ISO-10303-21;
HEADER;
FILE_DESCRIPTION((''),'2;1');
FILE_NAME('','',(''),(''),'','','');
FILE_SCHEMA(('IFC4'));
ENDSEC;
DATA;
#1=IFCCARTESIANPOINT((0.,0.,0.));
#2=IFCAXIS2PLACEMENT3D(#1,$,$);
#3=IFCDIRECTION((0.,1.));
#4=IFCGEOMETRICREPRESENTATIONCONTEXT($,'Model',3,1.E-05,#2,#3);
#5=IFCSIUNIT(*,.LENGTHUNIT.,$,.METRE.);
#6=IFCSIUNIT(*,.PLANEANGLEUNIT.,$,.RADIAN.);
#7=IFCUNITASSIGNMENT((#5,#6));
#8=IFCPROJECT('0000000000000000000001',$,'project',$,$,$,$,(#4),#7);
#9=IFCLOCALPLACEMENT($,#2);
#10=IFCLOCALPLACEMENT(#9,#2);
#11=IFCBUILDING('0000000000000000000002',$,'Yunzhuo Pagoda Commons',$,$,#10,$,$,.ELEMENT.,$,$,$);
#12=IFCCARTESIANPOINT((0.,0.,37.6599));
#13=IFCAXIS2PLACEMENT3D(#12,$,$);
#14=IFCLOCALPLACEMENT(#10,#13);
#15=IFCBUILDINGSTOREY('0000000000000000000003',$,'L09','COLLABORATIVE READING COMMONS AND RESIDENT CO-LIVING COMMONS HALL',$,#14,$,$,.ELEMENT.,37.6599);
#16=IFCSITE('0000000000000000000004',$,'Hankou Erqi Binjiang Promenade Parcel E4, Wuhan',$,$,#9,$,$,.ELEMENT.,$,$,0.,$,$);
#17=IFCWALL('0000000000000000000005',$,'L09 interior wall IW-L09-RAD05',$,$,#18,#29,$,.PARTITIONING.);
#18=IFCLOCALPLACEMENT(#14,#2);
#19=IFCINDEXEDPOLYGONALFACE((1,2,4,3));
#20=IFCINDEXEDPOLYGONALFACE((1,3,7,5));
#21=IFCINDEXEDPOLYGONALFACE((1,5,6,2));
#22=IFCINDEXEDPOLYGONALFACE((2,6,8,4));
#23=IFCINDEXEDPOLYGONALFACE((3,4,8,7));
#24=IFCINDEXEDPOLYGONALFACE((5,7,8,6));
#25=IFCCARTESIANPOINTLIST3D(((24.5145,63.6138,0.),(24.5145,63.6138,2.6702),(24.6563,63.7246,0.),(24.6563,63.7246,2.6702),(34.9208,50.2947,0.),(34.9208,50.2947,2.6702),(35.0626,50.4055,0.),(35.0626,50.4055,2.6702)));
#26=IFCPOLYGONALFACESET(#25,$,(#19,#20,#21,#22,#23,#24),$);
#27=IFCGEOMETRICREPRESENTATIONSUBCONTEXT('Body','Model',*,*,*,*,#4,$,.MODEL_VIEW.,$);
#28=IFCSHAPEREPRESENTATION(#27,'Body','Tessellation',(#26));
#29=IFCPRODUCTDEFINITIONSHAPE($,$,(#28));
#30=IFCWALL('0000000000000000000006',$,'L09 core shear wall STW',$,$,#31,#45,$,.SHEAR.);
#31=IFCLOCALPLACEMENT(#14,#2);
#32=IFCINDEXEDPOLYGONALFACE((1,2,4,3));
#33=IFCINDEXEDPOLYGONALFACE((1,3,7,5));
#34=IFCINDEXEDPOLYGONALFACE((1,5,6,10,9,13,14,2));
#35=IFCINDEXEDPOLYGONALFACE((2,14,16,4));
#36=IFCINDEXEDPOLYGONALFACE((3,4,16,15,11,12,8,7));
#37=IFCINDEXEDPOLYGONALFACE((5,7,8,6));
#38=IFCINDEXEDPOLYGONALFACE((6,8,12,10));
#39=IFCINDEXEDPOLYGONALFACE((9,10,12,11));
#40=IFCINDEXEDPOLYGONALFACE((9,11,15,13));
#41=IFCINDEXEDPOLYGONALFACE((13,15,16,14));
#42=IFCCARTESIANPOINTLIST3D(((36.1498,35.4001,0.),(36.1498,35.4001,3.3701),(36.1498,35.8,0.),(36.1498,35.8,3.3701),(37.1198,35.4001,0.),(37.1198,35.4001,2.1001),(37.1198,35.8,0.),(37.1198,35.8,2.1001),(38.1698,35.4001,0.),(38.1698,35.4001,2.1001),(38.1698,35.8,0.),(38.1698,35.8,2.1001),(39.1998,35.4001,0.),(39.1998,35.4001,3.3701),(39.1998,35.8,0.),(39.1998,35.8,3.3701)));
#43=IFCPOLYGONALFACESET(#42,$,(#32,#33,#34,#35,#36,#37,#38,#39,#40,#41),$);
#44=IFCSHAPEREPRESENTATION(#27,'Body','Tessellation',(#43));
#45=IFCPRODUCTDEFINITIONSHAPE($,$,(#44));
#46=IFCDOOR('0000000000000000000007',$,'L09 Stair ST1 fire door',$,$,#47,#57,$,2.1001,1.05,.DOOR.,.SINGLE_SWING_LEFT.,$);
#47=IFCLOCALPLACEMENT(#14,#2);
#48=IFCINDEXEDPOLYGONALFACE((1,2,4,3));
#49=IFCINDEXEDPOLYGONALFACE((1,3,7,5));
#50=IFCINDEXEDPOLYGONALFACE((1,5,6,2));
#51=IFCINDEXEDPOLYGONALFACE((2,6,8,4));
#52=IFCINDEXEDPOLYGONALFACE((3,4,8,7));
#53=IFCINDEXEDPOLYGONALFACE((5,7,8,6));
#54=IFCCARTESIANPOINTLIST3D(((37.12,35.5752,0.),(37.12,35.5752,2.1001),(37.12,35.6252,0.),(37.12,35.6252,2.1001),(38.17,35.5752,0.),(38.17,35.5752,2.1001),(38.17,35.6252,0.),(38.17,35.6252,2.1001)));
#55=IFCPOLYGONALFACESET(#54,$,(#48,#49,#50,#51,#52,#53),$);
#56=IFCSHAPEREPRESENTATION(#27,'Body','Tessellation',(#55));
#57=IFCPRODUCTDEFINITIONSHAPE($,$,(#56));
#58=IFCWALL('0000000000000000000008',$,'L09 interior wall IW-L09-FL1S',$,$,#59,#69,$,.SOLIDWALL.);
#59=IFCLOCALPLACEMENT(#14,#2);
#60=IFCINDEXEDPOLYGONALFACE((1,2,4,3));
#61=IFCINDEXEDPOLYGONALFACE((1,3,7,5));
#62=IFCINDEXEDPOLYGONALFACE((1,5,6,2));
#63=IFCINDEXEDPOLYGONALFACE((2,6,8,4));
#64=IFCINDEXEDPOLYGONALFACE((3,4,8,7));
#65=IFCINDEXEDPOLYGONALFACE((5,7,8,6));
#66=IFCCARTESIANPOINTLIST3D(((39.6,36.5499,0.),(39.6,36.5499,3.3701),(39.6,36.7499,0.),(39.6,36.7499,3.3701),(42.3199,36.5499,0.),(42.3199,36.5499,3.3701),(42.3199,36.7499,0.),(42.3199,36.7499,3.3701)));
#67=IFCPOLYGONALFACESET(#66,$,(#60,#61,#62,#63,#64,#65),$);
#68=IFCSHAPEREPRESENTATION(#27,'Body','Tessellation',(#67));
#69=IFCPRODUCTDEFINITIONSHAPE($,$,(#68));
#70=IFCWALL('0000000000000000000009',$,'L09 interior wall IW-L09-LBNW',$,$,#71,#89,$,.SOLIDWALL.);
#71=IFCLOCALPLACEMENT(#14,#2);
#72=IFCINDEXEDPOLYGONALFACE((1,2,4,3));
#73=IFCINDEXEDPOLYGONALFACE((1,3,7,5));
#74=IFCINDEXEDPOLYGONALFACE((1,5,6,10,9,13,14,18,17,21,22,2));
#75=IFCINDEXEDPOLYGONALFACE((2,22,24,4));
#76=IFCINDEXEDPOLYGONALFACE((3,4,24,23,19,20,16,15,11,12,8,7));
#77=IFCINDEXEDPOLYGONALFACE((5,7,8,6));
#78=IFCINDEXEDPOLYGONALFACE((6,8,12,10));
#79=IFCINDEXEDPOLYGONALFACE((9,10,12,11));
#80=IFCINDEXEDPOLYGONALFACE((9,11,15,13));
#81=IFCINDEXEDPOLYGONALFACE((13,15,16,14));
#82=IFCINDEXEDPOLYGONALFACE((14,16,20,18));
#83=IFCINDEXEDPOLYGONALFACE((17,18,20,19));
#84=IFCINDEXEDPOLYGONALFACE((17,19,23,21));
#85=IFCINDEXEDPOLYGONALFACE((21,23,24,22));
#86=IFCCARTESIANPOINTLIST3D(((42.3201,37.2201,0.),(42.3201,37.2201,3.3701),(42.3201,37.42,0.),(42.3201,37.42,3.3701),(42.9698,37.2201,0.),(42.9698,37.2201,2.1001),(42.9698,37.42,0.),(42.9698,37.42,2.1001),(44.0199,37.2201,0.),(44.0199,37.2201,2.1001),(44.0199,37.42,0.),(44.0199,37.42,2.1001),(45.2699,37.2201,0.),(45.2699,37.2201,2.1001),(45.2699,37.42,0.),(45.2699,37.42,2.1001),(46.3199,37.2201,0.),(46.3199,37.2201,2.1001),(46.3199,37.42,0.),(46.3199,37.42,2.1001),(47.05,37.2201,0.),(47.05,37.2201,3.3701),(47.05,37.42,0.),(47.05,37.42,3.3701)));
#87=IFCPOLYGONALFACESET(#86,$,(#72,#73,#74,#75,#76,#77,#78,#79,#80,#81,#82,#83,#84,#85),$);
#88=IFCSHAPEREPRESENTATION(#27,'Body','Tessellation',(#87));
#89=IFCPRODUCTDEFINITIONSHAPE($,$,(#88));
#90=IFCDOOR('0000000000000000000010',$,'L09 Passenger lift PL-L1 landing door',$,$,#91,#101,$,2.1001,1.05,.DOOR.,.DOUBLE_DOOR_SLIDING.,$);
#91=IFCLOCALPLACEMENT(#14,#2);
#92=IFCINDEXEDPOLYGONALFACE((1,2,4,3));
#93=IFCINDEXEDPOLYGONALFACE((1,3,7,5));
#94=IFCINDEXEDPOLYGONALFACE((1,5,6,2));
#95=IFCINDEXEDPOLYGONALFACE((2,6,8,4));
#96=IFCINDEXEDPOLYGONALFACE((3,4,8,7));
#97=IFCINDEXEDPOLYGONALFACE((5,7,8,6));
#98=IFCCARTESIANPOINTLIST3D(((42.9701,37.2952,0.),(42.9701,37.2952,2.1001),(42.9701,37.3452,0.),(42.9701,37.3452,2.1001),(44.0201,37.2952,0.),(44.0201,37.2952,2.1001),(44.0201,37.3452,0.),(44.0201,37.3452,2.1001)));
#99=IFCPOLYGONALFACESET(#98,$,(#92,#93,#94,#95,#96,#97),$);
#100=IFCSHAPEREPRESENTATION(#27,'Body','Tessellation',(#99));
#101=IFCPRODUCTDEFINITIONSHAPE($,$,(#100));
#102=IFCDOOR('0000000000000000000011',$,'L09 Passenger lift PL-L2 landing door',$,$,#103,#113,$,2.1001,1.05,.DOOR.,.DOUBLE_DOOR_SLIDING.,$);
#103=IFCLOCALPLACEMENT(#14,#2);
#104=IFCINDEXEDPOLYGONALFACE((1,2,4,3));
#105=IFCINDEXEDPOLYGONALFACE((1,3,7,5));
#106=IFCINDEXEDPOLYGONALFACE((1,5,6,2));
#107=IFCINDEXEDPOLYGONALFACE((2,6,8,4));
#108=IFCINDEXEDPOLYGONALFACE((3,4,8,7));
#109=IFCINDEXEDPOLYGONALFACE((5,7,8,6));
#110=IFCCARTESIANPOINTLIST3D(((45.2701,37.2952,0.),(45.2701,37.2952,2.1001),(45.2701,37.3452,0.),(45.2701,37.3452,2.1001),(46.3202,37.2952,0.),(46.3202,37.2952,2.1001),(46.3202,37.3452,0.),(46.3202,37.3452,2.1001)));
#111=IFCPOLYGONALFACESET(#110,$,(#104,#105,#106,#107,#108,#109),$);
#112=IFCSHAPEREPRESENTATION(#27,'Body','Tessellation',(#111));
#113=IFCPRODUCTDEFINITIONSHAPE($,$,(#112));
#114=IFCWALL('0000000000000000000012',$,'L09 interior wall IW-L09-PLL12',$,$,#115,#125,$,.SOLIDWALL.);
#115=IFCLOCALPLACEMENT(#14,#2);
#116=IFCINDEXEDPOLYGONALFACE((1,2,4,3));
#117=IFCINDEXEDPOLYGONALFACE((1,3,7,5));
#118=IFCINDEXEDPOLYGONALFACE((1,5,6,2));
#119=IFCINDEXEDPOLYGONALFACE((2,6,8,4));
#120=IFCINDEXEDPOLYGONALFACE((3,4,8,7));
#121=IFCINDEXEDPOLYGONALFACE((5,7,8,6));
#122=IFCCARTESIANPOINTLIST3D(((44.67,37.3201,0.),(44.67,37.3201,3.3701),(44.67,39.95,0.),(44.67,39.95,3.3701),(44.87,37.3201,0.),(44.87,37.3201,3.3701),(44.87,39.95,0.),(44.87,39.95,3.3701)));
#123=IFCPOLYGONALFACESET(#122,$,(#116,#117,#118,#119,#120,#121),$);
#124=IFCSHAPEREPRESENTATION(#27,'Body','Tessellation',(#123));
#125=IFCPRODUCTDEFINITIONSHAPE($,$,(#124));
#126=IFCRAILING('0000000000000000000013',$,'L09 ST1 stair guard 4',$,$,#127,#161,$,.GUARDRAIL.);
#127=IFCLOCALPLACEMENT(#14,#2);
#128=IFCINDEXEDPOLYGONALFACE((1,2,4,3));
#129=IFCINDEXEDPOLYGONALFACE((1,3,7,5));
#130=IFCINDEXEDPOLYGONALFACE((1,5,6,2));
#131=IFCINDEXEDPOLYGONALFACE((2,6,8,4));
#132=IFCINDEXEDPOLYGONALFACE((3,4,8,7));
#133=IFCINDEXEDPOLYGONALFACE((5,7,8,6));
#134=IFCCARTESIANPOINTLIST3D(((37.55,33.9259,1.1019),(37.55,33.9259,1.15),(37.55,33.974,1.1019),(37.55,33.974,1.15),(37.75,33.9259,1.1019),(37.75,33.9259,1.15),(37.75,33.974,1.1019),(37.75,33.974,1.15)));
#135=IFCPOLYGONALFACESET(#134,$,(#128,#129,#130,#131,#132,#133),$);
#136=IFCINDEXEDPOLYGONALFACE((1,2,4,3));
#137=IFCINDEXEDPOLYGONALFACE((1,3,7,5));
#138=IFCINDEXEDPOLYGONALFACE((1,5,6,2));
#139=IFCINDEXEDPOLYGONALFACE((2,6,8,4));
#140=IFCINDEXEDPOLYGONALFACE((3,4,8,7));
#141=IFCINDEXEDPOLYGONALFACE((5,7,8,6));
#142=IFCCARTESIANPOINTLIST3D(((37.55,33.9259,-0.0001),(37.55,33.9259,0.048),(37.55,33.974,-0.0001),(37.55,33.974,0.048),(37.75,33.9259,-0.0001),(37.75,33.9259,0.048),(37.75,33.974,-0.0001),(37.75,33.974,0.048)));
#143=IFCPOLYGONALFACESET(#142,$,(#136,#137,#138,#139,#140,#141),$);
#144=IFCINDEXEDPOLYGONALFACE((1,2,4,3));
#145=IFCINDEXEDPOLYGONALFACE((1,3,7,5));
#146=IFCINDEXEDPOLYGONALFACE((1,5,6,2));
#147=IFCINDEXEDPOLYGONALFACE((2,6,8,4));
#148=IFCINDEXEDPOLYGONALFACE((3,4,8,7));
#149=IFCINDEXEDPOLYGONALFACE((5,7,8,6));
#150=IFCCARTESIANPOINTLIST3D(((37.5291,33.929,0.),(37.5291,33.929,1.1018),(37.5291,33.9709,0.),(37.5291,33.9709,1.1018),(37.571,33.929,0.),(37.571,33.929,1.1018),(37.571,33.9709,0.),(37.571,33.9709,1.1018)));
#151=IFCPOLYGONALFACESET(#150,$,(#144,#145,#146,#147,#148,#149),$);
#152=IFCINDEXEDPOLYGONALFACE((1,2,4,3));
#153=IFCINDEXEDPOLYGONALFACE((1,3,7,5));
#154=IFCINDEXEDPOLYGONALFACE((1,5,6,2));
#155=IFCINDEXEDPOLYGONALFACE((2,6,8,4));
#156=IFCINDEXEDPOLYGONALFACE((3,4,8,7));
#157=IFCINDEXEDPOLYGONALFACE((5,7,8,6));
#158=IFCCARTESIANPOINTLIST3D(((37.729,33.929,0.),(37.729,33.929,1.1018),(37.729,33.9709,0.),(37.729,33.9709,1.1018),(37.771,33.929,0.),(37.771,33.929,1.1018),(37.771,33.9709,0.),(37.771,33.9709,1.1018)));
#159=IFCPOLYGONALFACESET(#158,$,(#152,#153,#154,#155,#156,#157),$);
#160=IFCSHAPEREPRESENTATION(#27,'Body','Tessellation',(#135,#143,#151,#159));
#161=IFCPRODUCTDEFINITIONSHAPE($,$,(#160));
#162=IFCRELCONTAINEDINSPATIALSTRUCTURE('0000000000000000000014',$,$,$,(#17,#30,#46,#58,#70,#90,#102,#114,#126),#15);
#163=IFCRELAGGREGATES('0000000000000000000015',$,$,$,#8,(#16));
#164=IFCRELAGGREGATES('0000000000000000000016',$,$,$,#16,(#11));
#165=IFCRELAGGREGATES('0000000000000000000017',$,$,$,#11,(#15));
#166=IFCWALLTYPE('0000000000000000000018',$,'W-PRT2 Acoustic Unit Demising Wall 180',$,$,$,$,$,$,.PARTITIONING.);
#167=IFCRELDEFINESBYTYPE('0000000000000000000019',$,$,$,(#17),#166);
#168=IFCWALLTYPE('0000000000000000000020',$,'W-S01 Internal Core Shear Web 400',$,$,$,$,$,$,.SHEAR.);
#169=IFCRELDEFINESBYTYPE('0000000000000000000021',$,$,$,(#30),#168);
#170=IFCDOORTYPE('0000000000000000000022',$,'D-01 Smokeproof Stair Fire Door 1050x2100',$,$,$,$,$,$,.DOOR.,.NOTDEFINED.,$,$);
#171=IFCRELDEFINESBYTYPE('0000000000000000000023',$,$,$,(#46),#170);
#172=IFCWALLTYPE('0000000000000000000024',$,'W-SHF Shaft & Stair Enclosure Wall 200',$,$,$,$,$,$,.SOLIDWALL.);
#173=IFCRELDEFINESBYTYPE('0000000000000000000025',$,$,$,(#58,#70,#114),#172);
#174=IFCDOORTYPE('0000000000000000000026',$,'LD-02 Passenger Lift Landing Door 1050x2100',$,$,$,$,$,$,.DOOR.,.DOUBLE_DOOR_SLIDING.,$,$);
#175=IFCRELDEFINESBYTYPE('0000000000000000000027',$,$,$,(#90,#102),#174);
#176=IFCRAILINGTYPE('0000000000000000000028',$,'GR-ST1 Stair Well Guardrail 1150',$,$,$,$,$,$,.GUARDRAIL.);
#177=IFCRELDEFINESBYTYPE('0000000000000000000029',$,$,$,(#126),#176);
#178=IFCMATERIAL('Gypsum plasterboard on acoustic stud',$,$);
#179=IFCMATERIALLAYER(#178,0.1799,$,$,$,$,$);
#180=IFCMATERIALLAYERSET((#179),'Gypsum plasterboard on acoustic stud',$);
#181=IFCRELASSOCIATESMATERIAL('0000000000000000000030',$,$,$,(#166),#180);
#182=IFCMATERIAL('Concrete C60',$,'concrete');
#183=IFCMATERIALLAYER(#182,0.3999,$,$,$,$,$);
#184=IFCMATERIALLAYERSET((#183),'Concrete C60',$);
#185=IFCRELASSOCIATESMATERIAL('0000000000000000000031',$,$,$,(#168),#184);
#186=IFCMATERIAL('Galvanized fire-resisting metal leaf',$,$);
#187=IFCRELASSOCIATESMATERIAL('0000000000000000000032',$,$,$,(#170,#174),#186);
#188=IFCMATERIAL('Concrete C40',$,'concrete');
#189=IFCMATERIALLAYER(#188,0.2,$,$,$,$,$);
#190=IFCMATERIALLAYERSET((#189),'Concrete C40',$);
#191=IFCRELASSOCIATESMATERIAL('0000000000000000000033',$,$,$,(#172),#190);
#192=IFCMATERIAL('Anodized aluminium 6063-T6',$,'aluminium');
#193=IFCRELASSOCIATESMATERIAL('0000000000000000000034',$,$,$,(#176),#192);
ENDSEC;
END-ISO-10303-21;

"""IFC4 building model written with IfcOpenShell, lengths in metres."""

from ifc_helpers import new_model, si_unit, direction, frame, frame_2d, origin, origin_2d, place, context, subcontext, project, spatial, rectangle, extrude, source, transform, mapped, material, layer, layer_set, type_object, element, fill, save


model = new_model("IFC4")

# Units and contexts
model_context = context("Model", 3, precision=1e-05, world=origin(), true_north=direction((0.0, 1.0)))
body_context = subcontext(model_context, "Body", "Model", "MODEL_VIEW")
ifc_project = project(units=[si_unit("LENGTHUNIT", "METRE"), si_unit("PLANEANGLEUNIT", "RADIAN")], contexts=[model_context])

# Site, building, storey
site_placement = place(None, origin())
site = spatial("IfcSite", under=ifc_project, at=site_placement, Name="Hankou Erqi Binjiang Promenade Parcel E4, Wuhan", CompositionType="ELEMENT", RefElevation=0.0)
building_placement = place(site_placement, origin())
building = spatial("IfcBuilding", under=site, at=building_placement, Name="Yunzhuo Pagoda Commons", CompositionType="ELEMENT")
storey_placement = place(building_placement, frame((0.0, 0.0, 37.6599)))
storey = spatial("IfcBuildingStorey", under=building, at=storey_placement, Name="L09", Description="COLLABORATIVE READING COMMONS AND RESIDENT CO-LIVING COMMONS HALL", CompositionType="ELEMENT", Elevation=37.6599)

# Shared definitions
ifc_material_1 = material(Name="Concrete C60", Category="concrete")
ifc_material_2 = material(Name="Galvanized fire-resisting metal leaf")
shared_shape_1 = source(origin(), body_context, "Body", "SweptSolid", [
    extrude(rectangle(XDim=1.05, YDim=2.1001, at=frame_2d((0.5249, 1.05))), frame((0.0, 0.0249, 0.0), z_axis=(0.0, -1.0, 0.0), x_axis=(1.0, 0.0, 0.0)), (0.0, 0.0, 1.0), 0.05),
])

# Shared definitions
ifc_material_3 = material(Name="Gypsum plasterboard on acoustic stud")

# Wall
ifc_layer_1 = layer(ifc_material_3, 0.1799)
ifc_layer_set_1 = layer_set([ifc_layer_1], Name="Gypsum plasterboard on acoustic stud")
wall_type_1 = type_object("IfcWallType", Name="W-PRT2 Acoustic Unit Demising Wall 180", PredefinedType="PARTITIONING", material=ifc_layer_set_1)
wall_1_placement = place(storey_placement, frame((34.9917, 50.3501, 0.0), z_axis=(0.0, 0.0, 1.0), x_axis=(-0.61567, 0.788004, 0.0)))
element("IfcWall", 1, at=wall_1_placement, inside=storey, type_object=wall_type_1, Name="L09 interior wall IW-L09-RAD05", PredefinedType="PARTITIONING", context=body_context, shape_type="SweptSolid", body=[
    extrude(rectangle(XDim=16.9023, YDim=0.1799, at=frame_2d((8.4512, 0.0))), origin(), (0.0, 0.0, 1.0), 2.6702),
])

# Wall, opening, door
ifc_layer_2 = layer(ifc_material_1, 0.3999)
ifc_layer_set_2 = layer_set([ifc_layer_2], Name="Concrete C60")
wall_type_2 = type_object("IfcWallType", Name="W-S01 Internal Core Shear Web 400", PredefinedType="SHEAR", material=ifc_layer_set_2)
wall_2_placement = place(storey_placement, frame((36.1499, 35.6001, 0.0), z_axis=(0.0, 0.0, 1.0), x_axis=(1.0, 0.0, 0.0)))
wall_2 = element("IfcWall", 2, at=wall_2_placement, inside=storey, type_object=wall_type_2, Name="L09 core shear wall STW", PredefinedType="SHEAR", context=body_context, shape_type="SweptSolid", body=[
    extrude(rectangle(XDim=3.05, YDim=0.3999, at=frame_2d((1.5249, 0.0))), origin(), (0.0, 0.0, 1.0), 3.3701),
])
opening_1_placement = place(wall_2_placement, frame((0.97, 0.0, 0.0)))
opening_1 = element("IfcOpeningElement", 3, at=opening_1_placement, cuts=wall_2, PredefinedType="OPENING", context=body_context, shape_type="SweptSolid", body=[
    extrude(rectangle(XDim=1.05, YDim=2.1001, at=frame_2d((0.5249, 1.05))), frame((0.0, 0.21, 0.0), z_axis=(0.0, -1.0, 0.0), x_axis=(1.0, 0.0, 0.0)), (0.0, 0.0, 1.0), 0.4199),
])
door_type_1 = type_object("IfcDoorType", Name="D-01 Smokeproof Stair Fire Door 1050x2100", OperationType="NOTDEFINED", PredefinedType="DOOR", material=ifc_material_2)
door_1_placement = place(opening_1_placement, frame((1.05, 0.0, 0.0), z_axis=(0.0, 0.0, 1.0), x_axis=(-1.0, 0.0, 0.0)))
door_1 = element("IfcDoor", 4, at=door_1_placement, inside=storey, type_object=door_type_1, Name="L09 Stair ST1 fire door", OperationType="SINGLE_SWING_LEFT", OverallHeight=2.1001, OverallWidth=1.05, PredefinedType="DOOR", context=body_context, shape_type="MappedRepresentation", body=[
    mapped(shared_shape_1, transform((0.0, 0.0, 0.0), scale=1.0)),
])
fill(opening_1, door_1)

# Wall
ifc_material_4 = material(Name="Concrete C40", Category="concrete")
ifc_layer_3 = layer(ifc_material_4, 0.2)
ifc_layer_set_3 = layer_set([ifc_layer_3], Name="Concrete C40")
wall_type_3 = type_object("IfcWallType", Name="W-SHF Shaft & Stair Enclosure Wall 200", PredefinedType="SOLIDWALL", material=ifc_layer_set_3)
wall_3_placement = place(storey_placement, frame((39.6001, 36.6499, 0.0), z_axis=(0.0, 0.0, 1.0), x_axis=(1.0, 0.0, 0.0)))
element("IfcWall", 5, at=wall_3_placement, inside=storey, type_object=wall_type_3, Name="L09 interior wall IW-L09-FL1S", PredefinedType="SOLIDWALL", context=body_context, shape_type="SweptSolid", body=[
    extrude(rectangle(XDim=2.72, YDim=0.2, at=frame_2d((1.3599, 0.0))), origin(), (0.0, 0.0, 1.0), 3.3701),
])

# Wall, openings, doors
wall_4_placement = place(storey_placement, frame((42.3201, 37.3201, 0.0), z_axis=(0.0, 0.0, 1.0), x_axis=(1.0, 0.0, 0.0)))
wall_4 = element("IfcWall", 6, at=wall_4_placement, inside=storey, type_object=wall_type_3, Name="L09 interior wall IW-L09-LBNW", PredefinedType="SOLIDWALL", context=body_context, shape_type="SweptSolid", body=[
    extrude(rectangle(XDim=4.73, YDim=0.2, at=frame_2d((2.365, 0.0))), origin(), (0.0, 0.0, 1.0), 3.3701),
])
opening_2_placement = place(wall_4_placement, frame((0.6499, 0.0, 0.0)))
opening_2 = element("IfcOpeningElement", 7, at=opening_2_placement, cuts=wall_4, PredefinedType="OPENING", context=body_context, shape_type="SweptSolid", body=[
    extrude(rectangle(XDim=1.05, YDim=2.1001, at=frame_2d((0.5249, 1.05))), frame((0.0, 0.1099, 0.0), z_axis=(0.0, -1.0, 0.0), x_axis=(1.0, 0.0, 0.0)), (0.0, 0.0, 1.0), 0.22),
])
opening_3_placement = place(wall_4_placement, frame((2.95, 0.0, 0.0)))
opening_3 = element("IfcOpeningElement", 8, at=opening_3_placement, cuts=wall_4, PredefinedType="OPENING", context=body_context, shape_type="SweptSolid", body=[
    extrude(rectangle(XDim=1.05, YDim=2.1001, at=frame_2d((0.5249, 1.05))), frame((0.0, 0.1099, 0.0), z_axis=(0.0, -1.0, 0.0), x_axis=(1.0, 0.0, 0.0)), (0.0, 0.0, 1.0), 0.22),
])
door_type_2 = type_object("IfcDoorType", Name="LD-02 Passenger Lift Landing Door 1050x2100", OperationType="DOUBLE_DOOR_SLIDING", PredefinedType="DOOR", material=ifc_material_2)
door_2_placement = place(opening_2_placement, frame((1.05, 0.0, 0.0), z_axis=(0.0, 0.0, 1.0), x_axis=(-1.0, 0.0, 0.0)))
door_2 = element("IfcDoor", 9, at=door_2_placement, inside=storey, type_object=door_type_2, Name="L09 Passenger lift PL-L1 landing door", OperationType="DOUBLE_DOOR_SLIDING", OverallHeight=2.1001, OverallWidth=1.05, PredefinedType="DOOR", context=body_context, shape_type="MappedRepresentation", body=[
    mapped(shared_shape_1, transform((0.0, 0.0, 0.0), scale=1.0)),
])
fill(opening_2, door_2)
door_3_placement = place(opening_3_placement, frame((1.05, 0.0, 0.0), z_axis=(0.0, 0.0, 1.0), x_axis=(-1.0, 0.0, 0.0)))
door_3 = element("IfcDoor", 10, at=door_3_placement, inside=storey, type_object=door_type_2, Name="L09 Passenger lift PL-L2 landing door", OperationType="DOUBLE_DOOR_SLIDING", OverallHeight=2.1001, OverallWidth=1.05, PredefinedType="DOOR", context=body_context, shape_type="MappedRepresentation", body=[
    mapped(shared_shape_1, transform((0.0, 0.0, 0.0), scale=1.0)),
])
fill(opening_3, door_3)

# Wall
wall_5_placement = place(storey_placement, frame((44.77, 37.3201, 0.0), z_axis=(0.0, 0.0, 1.0), x_axis=(0.0, 1.0, 0.0)))
element("IfcWall", 11, at=wall_5_placement, inside=storey, type_object=wall_type_3, Name="L09 interior wall IW-L09-PLL12", PredefinedType="SOLIDWALL", context=body_context, shape_type="SweptSolid", body=[
    extrude(rectangle(XDim=2.6299, YDim=0.2, at=frame_2d((1.3149, 0.0))), origin(), (0.0, 0.0, 1.0), 3.3701),
])

# Railing
ifc_material_5 = material(Name="Anodized aluminium 6063-T6", Category="aluminium")
railing_type = type_object("IfcRailingType", Name="GR-ST1 Stair Well Guardrail 1150", PredefinedType="GUARDRAIL", material=ifc_material_5)
railing_placement = place(storey_placement, frame((37.55, 33.95, 0.0)))
element("IfcRailing", 12, at=railing_placement, inside=storey, type_object=railing_type, Name="L09 ST1 stair guard 4", PredefinedType="GUARDRAIL", context=body_context, shape_type="SweptSolid", body=[
    extrude(rectangle(XDim=0.0481, YDim=0.0481, at=origin_2d()), frame((0.0, 0.0, 1.126), z_axis=(1.0, 0.0, 0.0), x_axis=(0.0, 1.0, 0.0)), (0.0, 0.0, 1.0), 0.2),
    extrude(rectangle(XDim=0.0481, YDim=0.0481, at=origin_2d()), frame((0.0, 0.0, 0.0239), z_axis=(1.0, 0.0, 0.0), x_axis=(0.0, 1.0, 0.0)), (0.0, 0.0, 1.0), 0.2),
    extrude(rectangle(XDim=0.042, YDim=0.042, at=origin_2d()), origin(), (0.0, 0.0, 1.0), 1.1018),
    extrude(rectangle(XDim=0.042, YDim=0.042, at=origin_2d()), frame((0.2, 0.0, 0.0)), (0.0, 0.0, 1.0), 1.1018),
])

save(model, "model.ifc")
